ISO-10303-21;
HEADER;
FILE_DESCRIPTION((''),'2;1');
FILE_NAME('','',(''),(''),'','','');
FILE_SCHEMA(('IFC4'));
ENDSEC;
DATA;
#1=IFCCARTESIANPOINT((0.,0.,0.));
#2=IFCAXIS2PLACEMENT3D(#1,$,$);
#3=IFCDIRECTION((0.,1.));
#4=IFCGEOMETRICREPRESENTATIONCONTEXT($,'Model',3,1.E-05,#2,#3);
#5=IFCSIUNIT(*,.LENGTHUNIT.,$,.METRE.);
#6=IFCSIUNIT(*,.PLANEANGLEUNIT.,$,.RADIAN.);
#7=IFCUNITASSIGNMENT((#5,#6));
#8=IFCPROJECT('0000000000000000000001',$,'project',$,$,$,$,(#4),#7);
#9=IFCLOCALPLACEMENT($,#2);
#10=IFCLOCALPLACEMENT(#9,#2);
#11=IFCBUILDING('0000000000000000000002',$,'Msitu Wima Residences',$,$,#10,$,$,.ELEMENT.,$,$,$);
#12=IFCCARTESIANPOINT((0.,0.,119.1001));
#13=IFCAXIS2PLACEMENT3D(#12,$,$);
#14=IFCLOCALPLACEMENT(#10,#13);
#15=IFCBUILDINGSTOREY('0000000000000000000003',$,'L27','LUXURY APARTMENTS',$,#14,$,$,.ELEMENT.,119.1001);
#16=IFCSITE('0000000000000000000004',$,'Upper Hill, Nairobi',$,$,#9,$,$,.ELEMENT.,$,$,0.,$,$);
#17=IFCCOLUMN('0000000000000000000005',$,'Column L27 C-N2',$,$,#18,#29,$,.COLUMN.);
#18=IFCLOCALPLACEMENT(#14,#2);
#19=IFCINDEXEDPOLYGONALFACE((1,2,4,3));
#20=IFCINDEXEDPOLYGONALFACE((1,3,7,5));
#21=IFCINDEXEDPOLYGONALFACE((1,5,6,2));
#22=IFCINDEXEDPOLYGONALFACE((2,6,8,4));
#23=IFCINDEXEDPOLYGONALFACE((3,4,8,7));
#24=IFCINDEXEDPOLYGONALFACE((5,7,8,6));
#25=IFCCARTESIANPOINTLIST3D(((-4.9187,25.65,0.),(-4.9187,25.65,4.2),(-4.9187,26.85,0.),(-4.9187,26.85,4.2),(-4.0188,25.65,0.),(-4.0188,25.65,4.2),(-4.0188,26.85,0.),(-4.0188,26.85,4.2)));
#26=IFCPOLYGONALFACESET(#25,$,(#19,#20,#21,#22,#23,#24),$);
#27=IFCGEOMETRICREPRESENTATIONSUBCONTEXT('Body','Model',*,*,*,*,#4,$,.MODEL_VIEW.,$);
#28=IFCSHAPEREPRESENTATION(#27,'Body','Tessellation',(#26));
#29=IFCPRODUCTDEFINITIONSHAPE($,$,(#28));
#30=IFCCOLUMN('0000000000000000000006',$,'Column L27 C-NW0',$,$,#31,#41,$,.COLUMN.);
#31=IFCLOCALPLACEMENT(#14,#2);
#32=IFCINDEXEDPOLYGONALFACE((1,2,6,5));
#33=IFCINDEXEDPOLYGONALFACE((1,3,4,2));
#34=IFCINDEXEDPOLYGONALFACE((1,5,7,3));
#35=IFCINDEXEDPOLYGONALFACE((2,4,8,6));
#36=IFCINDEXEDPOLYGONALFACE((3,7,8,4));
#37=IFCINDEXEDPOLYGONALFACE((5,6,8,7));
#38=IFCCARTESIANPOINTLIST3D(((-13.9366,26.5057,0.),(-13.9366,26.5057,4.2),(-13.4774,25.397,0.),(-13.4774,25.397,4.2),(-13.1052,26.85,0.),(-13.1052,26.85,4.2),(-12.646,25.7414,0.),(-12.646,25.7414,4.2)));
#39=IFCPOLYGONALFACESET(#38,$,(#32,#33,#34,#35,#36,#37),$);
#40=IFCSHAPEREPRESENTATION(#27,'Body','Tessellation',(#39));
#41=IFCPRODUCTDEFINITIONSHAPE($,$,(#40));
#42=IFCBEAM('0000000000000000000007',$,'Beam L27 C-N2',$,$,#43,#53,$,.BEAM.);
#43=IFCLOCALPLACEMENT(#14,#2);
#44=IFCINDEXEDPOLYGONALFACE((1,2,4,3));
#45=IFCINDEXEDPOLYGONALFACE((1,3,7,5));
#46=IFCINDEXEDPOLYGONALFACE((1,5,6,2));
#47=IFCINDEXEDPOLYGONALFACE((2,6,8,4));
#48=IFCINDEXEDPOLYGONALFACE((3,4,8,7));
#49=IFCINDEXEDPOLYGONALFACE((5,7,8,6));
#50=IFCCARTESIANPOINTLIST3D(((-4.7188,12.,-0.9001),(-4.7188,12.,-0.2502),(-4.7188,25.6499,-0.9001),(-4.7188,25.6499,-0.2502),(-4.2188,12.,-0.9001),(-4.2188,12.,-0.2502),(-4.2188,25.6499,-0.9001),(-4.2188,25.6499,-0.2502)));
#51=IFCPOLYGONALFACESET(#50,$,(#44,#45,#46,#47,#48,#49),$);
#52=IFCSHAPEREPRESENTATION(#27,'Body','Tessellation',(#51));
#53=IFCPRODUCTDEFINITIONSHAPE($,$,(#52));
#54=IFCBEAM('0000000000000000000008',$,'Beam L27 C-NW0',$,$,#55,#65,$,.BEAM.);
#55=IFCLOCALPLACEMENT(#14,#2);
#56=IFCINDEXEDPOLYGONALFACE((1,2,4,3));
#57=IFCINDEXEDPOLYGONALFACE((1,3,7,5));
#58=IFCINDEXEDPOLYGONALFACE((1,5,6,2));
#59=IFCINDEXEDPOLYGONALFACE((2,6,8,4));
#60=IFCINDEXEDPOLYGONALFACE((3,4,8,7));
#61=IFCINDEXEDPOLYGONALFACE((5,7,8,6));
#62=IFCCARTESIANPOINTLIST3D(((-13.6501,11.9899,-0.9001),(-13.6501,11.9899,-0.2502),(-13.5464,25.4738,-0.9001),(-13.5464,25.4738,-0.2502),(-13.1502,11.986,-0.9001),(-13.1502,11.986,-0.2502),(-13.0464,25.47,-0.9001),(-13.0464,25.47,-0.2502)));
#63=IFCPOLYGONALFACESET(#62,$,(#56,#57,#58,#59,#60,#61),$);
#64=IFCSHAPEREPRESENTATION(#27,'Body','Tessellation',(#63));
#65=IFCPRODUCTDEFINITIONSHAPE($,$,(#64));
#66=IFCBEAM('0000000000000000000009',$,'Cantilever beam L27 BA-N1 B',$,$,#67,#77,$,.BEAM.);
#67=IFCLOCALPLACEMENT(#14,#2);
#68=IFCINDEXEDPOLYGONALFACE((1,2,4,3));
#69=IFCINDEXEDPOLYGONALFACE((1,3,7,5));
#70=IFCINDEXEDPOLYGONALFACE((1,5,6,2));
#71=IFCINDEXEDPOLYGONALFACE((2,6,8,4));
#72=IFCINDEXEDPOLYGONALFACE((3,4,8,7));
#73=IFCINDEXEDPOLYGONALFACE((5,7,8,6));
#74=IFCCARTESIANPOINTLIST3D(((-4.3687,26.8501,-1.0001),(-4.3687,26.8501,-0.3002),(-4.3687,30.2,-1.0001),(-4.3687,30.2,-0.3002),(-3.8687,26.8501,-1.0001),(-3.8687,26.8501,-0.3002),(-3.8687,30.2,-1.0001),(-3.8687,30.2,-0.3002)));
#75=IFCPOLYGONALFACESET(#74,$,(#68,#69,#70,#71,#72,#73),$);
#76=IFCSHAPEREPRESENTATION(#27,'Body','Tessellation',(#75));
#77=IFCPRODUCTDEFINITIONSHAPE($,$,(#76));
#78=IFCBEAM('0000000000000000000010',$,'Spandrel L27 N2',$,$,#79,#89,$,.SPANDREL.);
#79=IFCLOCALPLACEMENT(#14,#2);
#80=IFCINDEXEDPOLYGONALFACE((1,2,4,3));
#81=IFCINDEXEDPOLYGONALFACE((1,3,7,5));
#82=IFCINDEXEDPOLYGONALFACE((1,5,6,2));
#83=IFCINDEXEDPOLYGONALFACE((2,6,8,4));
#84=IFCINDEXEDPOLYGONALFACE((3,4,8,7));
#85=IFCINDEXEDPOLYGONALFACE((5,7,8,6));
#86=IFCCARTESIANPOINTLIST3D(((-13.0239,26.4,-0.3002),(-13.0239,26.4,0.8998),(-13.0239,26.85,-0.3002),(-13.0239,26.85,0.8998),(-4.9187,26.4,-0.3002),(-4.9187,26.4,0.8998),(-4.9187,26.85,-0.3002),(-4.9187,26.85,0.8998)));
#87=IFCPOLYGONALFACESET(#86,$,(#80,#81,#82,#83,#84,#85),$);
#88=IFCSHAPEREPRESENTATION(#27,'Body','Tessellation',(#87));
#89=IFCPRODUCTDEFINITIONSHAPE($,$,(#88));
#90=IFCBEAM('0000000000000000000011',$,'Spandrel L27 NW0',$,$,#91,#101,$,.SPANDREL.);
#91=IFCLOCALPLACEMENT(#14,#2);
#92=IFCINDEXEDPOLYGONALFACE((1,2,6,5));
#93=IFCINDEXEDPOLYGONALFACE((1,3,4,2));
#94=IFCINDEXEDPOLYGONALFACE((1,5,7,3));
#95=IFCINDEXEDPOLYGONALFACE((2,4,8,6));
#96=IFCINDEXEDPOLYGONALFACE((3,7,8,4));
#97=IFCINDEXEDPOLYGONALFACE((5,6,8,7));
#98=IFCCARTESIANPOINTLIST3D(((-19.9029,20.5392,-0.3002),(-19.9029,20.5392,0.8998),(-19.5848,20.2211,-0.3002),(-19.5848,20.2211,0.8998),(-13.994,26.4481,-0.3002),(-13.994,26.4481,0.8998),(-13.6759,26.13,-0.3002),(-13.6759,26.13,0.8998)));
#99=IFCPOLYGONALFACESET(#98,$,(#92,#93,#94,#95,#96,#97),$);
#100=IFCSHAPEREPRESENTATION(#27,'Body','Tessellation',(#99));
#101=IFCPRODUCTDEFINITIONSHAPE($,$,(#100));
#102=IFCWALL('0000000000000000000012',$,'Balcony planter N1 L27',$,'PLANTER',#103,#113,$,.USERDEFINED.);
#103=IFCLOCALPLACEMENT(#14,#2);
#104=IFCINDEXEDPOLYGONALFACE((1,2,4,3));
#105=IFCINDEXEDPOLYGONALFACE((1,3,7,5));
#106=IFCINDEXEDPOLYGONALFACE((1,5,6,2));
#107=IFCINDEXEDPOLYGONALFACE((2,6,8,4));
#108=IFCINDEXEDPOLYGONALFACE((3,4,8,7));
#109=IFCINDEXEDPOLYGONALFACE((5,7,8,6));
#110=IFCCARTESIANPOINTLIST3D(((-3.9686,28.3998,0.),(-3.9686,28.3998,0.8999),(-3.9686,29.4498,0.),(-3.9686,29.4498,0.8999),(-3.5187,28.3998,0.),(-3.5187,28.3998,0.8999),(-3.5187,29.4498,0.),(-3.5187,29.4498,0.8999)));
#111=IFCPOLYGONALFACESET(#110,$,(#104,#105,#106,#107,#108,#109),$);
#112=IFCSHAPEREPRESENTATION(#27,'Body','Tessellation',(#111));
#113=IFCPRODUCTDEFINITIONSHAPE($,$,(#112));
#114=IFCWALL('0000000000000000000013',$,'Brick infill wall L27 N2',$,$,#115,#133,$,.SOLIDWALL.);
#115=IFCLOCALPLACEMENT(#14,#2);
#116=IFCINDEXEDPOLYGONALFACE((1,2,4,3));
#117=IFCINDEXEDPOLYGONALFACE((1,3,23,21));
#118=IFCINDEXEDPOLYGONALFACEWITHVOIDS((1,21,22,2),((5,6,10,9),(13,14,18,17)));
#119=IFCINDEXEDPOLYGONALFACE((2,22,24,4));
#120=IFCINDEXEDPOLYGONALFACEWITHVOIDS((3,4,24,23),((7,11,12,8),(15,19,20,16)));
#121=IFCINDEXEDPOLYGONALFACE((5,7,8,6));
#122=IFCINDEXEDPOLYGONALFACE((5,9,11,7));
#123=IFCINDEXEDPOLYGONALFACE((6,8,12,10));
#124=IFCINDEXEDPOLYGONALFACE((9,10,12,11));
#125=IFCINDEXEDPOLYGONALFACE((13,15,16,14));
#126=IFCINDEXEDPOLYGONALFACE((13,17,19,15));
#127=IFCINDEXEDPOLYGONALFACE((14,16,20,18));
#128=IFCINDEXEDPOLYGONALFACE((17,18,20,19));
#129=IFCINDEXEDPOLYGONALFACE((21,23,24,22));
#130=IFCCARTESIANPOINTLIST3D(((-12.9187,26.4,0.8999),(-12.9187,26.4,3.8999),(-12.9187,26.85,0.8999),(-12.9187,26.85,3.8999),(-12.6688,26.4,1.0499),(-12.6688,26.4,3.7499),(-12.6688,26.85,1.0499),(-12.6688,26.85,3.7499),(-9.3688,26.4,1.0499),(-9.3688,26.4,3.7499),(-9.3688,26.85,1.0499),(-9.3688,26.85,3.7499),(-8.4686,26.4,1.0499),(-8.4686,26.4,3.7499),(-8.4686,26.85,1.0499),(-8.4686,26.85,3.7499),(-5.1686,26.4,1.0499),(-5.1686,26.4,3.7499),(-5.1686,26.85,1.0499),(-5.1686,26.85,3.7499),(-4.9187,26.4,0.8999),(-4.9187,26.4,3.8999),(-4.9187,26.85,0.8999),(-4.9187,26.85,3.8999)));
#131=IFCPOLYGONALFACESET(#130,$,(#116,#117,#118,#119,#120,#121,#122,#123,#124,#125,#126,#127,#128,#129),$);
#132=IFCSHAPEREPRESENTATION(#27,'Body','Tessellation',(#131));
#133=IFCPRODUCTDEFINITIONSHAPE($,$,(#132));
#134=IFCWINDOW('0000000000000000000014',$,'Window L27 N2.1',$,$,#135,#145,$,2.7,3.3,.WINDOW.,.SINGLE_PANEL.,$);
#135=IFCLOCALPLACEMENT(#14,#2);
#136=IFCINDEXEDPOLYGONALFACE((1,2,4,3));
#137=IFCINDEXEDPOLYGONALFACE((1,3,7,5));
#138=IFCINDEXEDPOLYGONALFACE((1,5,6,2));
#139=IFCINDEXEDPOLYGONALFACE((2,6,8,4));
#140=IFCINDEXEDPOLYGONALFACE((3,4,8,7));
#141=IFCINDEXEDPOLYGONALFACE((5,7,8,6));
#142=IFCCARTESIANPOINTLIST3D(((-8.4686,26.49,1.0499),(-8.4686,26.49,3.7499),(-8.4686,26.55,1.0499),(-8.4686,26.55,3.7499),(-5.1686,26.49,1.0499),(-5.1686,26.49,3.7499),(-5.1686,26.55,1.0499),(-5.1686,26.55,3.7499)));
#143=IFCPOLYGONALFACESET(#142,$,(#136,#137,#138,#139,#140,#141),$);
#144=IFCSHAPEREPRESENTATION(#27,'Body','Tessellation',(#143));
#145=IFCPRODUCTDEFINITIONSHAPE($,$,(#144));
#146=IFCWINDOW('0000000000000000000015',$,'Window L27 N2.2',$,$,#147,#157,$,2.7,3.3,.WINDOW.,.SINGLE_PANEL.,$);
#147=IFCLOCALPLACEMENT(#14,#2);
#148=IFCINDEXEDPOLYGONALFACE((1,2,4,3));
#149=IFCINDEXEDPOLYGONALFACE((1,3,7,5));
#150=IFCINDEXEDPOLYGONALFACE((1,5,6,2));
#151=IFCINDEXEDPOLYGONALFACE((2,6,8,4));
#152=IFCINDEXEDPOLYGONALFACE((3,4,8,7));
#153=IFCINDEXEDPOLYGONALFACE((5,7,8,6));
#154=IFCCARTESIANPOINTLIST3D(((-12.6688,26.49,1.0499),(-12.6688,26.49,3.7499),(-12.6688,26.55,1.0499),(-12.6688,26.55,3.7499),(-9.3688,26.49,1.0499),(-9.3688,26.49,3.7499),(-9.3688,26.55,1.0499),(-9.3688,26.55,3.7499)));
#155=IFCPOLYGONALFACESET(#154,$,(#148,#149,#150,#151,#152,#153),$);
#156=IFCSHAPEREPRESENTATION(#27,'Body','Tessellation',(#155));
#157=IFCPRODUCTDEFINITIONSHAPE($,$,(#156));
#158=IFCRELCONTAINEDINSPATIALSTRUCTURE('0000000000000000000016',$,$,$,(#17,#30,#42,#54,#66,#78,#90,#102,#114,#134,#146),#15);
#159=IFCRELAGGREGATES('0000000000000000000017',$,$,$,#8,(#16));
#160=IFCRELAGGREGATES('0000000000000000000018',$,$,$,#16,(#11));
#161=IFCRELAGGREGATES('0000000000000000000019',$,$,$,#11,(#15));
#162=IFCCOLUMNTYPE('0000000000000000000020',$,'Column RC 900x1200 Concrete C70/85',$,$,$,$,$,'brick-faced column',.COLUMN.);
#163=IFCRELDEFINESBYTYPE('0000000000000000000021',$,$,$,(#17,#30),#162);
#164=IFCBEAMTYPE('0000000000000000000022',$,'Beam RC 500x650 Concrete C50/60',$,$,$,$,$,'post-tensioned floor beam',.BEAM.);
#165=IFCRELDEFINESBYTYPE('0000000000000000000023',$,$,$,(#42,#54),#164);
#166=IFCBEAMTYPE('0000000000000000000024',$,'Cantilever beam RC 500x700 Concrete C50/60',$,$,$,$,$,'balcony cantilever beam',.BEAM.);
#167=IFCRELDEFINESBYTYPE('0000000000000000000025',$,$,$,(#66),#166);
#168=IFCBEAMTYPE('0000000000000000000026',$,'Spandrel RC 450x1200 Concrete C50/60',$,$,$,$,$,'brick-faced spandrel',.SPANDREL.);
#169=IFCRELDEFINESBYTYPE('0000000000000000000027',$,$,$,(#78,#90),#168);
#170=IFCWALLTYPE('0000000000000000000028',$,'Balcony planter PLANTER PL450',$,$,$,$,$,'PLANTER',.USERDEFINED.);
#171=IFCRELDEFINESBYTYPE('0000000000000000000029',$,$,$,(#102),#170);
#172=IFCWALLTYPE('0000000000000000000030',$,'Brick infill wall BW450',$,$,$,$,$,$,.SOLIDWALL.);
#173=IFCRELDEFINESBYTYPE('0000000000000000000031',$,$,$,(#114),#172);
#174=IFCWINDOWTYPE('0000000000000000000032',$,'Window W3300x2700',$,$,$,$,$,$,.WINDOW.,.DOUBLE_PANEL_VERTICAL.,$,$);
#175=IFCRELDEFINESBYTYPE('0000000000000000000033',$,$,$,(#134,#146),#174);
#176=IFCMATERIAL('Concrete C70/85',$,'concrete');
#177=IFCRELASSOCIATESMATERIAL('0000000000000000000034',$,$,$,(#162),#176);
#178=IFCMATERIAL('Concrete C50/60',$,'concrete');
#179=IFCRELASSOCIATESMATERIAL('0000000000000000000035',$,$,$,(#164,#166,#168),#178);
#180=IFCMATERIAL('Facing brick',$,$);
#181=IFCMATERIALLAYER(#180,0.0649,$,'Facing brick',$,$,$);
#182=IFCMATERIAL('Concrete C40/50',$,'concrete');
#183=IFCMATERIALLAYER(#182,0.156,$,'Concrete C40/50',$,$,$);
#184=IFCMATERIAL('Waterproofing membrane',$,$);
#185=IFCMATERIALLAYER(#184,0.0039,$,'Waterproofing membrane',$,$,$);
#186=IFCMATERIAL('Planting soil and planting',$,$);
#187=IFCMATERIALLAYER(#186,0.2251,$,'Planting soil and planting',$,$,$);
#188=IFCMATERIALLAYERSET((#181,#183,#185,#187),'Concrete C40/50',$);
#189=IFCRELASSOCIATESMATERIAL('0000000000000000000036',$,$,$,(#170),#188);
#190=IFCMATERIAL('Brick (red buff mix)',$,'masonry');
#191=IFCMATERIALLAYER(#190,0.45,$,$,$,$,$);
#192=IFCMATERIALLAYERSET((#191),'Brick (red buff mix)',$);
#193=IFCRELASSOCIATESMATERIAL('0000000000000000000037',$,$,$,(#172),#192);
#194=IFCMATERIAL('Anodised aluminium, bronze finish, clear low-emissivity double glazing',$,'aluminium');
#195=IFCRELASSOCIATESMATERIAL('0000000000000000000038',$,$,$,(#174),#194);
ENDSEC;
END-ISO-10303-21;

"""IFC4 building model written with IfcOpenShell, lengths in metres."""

from ifc_helpers import new_model, si_unit, direction, frame, frame_2d, origin, origin_2d, place, context, subcontext, project, spatial, rectangle, extrude, material, layer, layer_set, material_profile, profile_set, type_object, element, fill, save


model = new_model("IFC4")

# Units and contexts
model_context = context("Model", 3, precision=1e-05, world=origin(), true_north=direction((0.0, 1.0)))
body_context = subcontext(model_context, "Body", "Model", "MODEL_VIEW")
ifc_project = project(units=[si_unit("LENGTHUNIT", "METRE"), si_unit("PLANEANGLEUNIT", "RADIAN")], contexts=[model_context])

# Site, building, storey
site_placement = place(None, origin())
site = spatial("IfcSite", under=ifc_project, at=site_placement, Name="Upper Hill, Nairobi", CompositionType="ELEMENT", RefElevation=0.0)
building_placement = place(site_placement, origin())
building = spatial("IfcBuilding", under=site, at=building_placement, Name="Msitu Wima Residences", CompositionType="ELEMENT")
storey_placement = place(building_placement, frame((0.0, 0.0, 119.1001)))
storey = spatial("IfcBuildingStorey", under=building, at=storey_placement, Name="L27", Description="LUXURY APARTMENTS", CompositionType="ELEMENT", Elevation=119.1001)

# Columns
ifc_material_1 = material(Name="Concrete C70/85", Category="concrete")
ifc_material_profile_1 = material_profile(ifc_material_1, rectangle(XDim=0.8999, YDim=1.2, at=origin_2d()), Name="RC 900x1200")
ifc_profile_set_1 = profile_set([ifc_material_profile_1], Name="Concrete C70/85")
column_type = type_object("IfcColumnType", Name="Column RC 900x1200 Concrete C70/85", ElementType="brick-faced column", PredefinedType="COLUMN", material=ifc_profile_set_1)
for number, where, z_axis, x_axis, name in (
    (1, (-4.4688, 26.25, 0.0), (0.0, 0.0, 1.0), (-1.0, 0.0, 0.0), "Column L27 C-N2"),
    (2, (-13.2913, 26.1235, 0.0), (0.0, 0.0, 1.0), (-0.92388, -0.382683, 0.0), "Column L27 C-NW0"),
):
    element("IfcColumn", number, at=place(storey_placement, frame(where, z_axis=z_axis, x_axis=x_axis)), inside=storey, type_object=column_type, Name=name, PredefinedType="COLUMN", context=body_context, shape_type="SweptSolid", body=[
        extrude(rectangle(XDim=0.8999, YDim=1.2, at=origin_2d()), origin(), (0.0, 0.0, 1.0), 4.2),
    ])

# Beams
ifc_material_2 = material(Name="Concrete C50/60", Category="concrete")
ifc_material_profile_2 = material_profile(ifc_material_2, rectangle(XDim=0.5, YDim=0.6499, at=origin_2d()), Name="RC 500x650")
ifc_profile_set_2 = profile_set([ifc_material_profile_2], Name="Concrete C50/60")
beam_type_1 = type_object("IfcBeamType", Name="Beam RC 500x650 Concrete C50/60", ElementType="post-tensioned floor beam", PredefinedType="BEAM", material=ifc_profile_set_2)
beam_1_placement = place(storey_placement, frame((-4.4688, 25.6499, -0.5752), z_axis=(0.0, -1.0, 0.0), x_axis=(1.0, 0.0, 0.0)))
element("IfcBeam", 3, at=beam_1_placement, inside=storey, type_object=beam_type_1, Name="Beam L27 C-N2", PredefinedType="BEAM", context=body_context, shape_type="SweptSolid", body=[
    extrude(rectangle(XDim=0.5, YDim=0.6499, at=origin_2d()), origin(), (0.0, 0.0, 1.0), 13.6499),
])
beam_2_placement = place(storey_placement, frame((-13.2964, 25.4719, -0.5752), z_axis=(-0.007695, -0.99997, 0.0), x_axis=(0.99997, -0.007695, 0.0)))
element("IfcBeam", 4, at=beam_2_placement, inside=storey, type_object=beam_type_1, Name="Beam L27 C-NW0", PredefinedType="BEAM", context=body_context, shape_type="SweptSolid", body=[
    extrude(rectangle(XDim=0.5, YDim=0.6499, at=origin_2d()), origin(), (0.0, 0.0, 1.0), 13.4844),
])
ifc_material_profile_3 = material_profile(ifc_material_2, rectangle(XDim=0.5, YDim=0.7, at=origin_2d()), Name="RC 500x700")
ifc_profile_set_3 = profile_set([ifc_material_profile_3], Name="Concrete C50/60")
beam_type_2 = type_object("IfcBeamType", Name="Cantilever beam RC 500x700 Concrete C50/60", ElementType="balcony cantilever beam", PredefinedType="BEAM", material=ifc_profile_set_3)
beam_3_placement = place(storey_placement, frame((-4.1187, 26.8501, -0.6501), z_axis=(0.0, 1.0, 0.0), x_axis=(-1.0, 0.0, 0.0)))
element("IfcBeam", 5, at=beam_3_placement, inside=storey, type_object=beam_type_2, Name="Cantilever beam L27 BA-N1 B", PredefinedType="BEAM", context=body_context, shape_type="SweptSolid", body=[
    extrude(rectangle(XDim=0.5, YDim=0.7, at=origin_2d()), origin(), (0.0, 0.0, 1.0), 3.3499),
])
ifc_material_profile_4 = material_profile(ifc_material_2, rectangle(XDim=0.45, YDim=1.2, at=origin_2d()), Name="RC 450x1200")
ifc_profile_set_4 = profile_set([ifc_material_profile_4], Name="Concrete C50/60")
beam_type_3 = type_object("IfcBeamType", Name="Spandrel RC 450x1200 Concrete C50/60", ElementType="brick-faced spandrel", PredefinedType="SPANDREL", material=ifc_profile_set_4)
beam_4_placement = place(storey_placement, frame((-4.9187, 26.625, 0.2998), z_axis=(-1.0, 0.0, 0.0), x_axis=(0.0, -1.0, 0.0)))
element("IfcBeam", 6, at=beam_4_placement, inside=storey, type_object=beam_type_3, Name="Spandrel L27 N2", PredefinedType="SPANDREL", context=body_context, shape_type="SweptSolid", body=[
    extrude(rectangle(XDim=0.45, YDim=1.2, at=origin_2d()), origin(), (0.0, 0.0, 1.0), 8.1052),
])
beam_5_placement = place(storey_placement, frame((-13.835, 26.2891, 0.2998), z_axis=(-0.707107, -0.707107, 0.0), x_axis=(0.707107, -0.707107, 0.0)))
element("IfcBeam", 7, at=beam_5_placement, inside=storey, type_object=beam_type_3, Name="Spandrel L27 NW0", PredefinedType="SPANDREL", context=body_context, shape_type="SweptSolid", body=[
    extrude(rectangle(XDim=0.45, YDim=1.2, at=origin_2d()), origin(), (0.0, 0.0, 1.0), 8.3564),
])

# Wall
ifc_material_3 = material(Name="Facing brick")
ifc_layer_1 = layer(ifc_material_3, 0.0649, Name="Facing brick")
ifc_material_4 = material(Name="Concrete C40/50", Category="concrete")
ifc_layer_2 = layer(ifc_material_4, 0.156, Name="Concrete C40/50")
ifc_material_5 = material(Name="Waterproofing membrane")
ifc_layer_3 = layer(ifc_material_5, 0.0039, Name="Waterproofing membrane")
ifc_material_6 = material(Name="Planting soil and planting")
ifc_layer_4 = layer(ifc_material_6, 0.2251, Name="Planting soil and planting")
ifc_layer_set_1 = layer_set([ifc_layer_1, ifc_layer_2, ifc_layer_3, ifc_layer_4], Name="Concrete C40/50")
wall_type_1 = type_object("IfcWallType", Name="Balcony planter PLANTER PL450", ElementType="PLANTER", PredefinedType="USERDEFINED", material=ifc_layer_set_1)
wall_1_placement = place(storey_placement, frame((-3.7437, 28.3999, 0.0), z_axis=(0.0, 0.0, 1.0), x_axis=(0.0, 1.0, 0.0)))
element("IfcWall", 8, at=wall_1_placement, inside=storey, type_object=wall_type_1, Name="Balcony planter N1 L27", ObjectType="PLANTER", PredefinedType="USERDEFINED", context=body_context, shape_type="SweptSolid", body=[
    extrude(rectangle(XDim=1.05, YDim=0.45, at=frame_2d((0.5249, 0.0))), origin(), (0.0, 0.0, 1.0), 0.8999),
])

# Wall, openings, windows
ifc_material_7 = material(Name="Brick (red buff mix)", Category="masonry")
ifc_layer_5 = layer(ifc_material_7, 0.45)
ifc_layer_set_2 = layer_set([ifc_layer_5], Name="Brick (red buff mix)")
wall_type_2 = type_object("IfcWallType", Name="Brick infill wall BW450", PredefinedType="SOLIDWALL", material=ifc_layer_set_2)
wall_2_placement = place(storey_placement, frame((-4.9187, 26.625, 0.8999), z_axis=(0.0, 0.0, 1.0), x_axis=(-1.0, 0.0, 0.0)))
wall_2 = element("IfcWall", 9, at=wall_2_placement, inside=storey, type_object=wall_type_2, Name="Brick infill wall L27 N2", PredefinedType="SOLIDWALL", context=body_context, shape_type="SweptSolid", body=[
    extrude(rectangle(XDim=8.0, YDim=0.45, at=frame_2d((4.0, 0.0))), origin(), (0.0, 0.0, 1.0), 3.0),
])
opening_1_placement = place(wall_2_placement, frame((0.25, 0.0, 0.1499)))
opening_1 = element("IfcOpeningElement", 10, at=opening_1_placement, cuts=wall_2, PredefinedType="OPENING", context=body_context, shape_type="SweptSolid", body=[
    extrude(rectangle(XDim=3.3, YDim=2.7, at=frame_2d((1.6499, 1.3501))), frame((0.0, 0.2349, 0.0), z_axis=(0.0, -1.0, 0.0), x_axis=(1.0, 0.0, 0.0)), (0.0, 0.0, 1.0), 0.47),
])
opening_2_placement = place(wall_2_placement, frame((4.4502, 0.0, 0.1499)))
opening_2 = element("IfcOpeningElement", 11, at=opening_2_placement, cuts=wall_2, PredefinedType="OPENING", context=body_context, shape_type="SweptSolid", body=[
    extrude(rectangle(XDim=3.3, YDim=2.7, at=frame_2d((1.6499, 1.3501))), frame((0.0, 0.2349, 0.0), z_axis=(0.0, -1.0, 0.0), x_axis=(1.0, 0.0, 0.0)), (0.0, 0.0, 1.0), 0.47),
])
ifc_material_8 = material(Name="Anodised aluminium, bronze finish, clear low-emissivity double glazing", Category="aluminium")
window_type = type_object("IfcWindowType", Name="Window W3300x2700", PartitioningType="DOUBLE_PANEL_VERTICAL", PredefinedType="WINDOW", material=ifc_material_8)
window_1_placement = place(opening_1_placement, origin())
window_1 = element("IfcWindow", 12, at=window_1_placement, inside=storey, type_object=window_type, Name="Window L27 N2.1", OverallHeight=2.7, OverallWidth=3.3, PartitioningType="SINGLE_PANEL", PredefinedType="WINDOW", context=body_context, shape_type="SweptSolid", body=[
    extrude(rectangle(XDim=3.3, YDim=2.7, at=frame_2d((1.6499, 1.3501))), frame((0.0, 0.135, 0.0), z_axis=(0.0, -1.0, 0.0), x_axis=(1.0, 0.0, 0.0)), (0.0, 0.0, 1.0), 0.0601),
])
fill(opening_1, window_1)
window_2_placement = place(opening_2_placement, origin())
window_2 = element("IfcWindow", 13, at=window_2_placement, inside=storey, type_object=window_type, Name="Window L27 N2.2", OverallHeight=2.7, OverallWidth=3.3, PartitioningType="SINGLE_PANEL", PredefinedType="WINDOW", context=body_context, shape_type="SweptSolid", body=[
    extrude(rectangle(XDim=3.3, YDim=2.7, at=frame_2d((1.6499, 1.3501))), frame((0.0, 0.135, 0.0), z_axis=(0.0, -1.0, 0.0), x_axis=(1.0, 0.0, 0.0)), (0.0, 0.0, 1.0), 0.0601),
])
fill(opening_2, window_2)

save(model, "model.ifc")
